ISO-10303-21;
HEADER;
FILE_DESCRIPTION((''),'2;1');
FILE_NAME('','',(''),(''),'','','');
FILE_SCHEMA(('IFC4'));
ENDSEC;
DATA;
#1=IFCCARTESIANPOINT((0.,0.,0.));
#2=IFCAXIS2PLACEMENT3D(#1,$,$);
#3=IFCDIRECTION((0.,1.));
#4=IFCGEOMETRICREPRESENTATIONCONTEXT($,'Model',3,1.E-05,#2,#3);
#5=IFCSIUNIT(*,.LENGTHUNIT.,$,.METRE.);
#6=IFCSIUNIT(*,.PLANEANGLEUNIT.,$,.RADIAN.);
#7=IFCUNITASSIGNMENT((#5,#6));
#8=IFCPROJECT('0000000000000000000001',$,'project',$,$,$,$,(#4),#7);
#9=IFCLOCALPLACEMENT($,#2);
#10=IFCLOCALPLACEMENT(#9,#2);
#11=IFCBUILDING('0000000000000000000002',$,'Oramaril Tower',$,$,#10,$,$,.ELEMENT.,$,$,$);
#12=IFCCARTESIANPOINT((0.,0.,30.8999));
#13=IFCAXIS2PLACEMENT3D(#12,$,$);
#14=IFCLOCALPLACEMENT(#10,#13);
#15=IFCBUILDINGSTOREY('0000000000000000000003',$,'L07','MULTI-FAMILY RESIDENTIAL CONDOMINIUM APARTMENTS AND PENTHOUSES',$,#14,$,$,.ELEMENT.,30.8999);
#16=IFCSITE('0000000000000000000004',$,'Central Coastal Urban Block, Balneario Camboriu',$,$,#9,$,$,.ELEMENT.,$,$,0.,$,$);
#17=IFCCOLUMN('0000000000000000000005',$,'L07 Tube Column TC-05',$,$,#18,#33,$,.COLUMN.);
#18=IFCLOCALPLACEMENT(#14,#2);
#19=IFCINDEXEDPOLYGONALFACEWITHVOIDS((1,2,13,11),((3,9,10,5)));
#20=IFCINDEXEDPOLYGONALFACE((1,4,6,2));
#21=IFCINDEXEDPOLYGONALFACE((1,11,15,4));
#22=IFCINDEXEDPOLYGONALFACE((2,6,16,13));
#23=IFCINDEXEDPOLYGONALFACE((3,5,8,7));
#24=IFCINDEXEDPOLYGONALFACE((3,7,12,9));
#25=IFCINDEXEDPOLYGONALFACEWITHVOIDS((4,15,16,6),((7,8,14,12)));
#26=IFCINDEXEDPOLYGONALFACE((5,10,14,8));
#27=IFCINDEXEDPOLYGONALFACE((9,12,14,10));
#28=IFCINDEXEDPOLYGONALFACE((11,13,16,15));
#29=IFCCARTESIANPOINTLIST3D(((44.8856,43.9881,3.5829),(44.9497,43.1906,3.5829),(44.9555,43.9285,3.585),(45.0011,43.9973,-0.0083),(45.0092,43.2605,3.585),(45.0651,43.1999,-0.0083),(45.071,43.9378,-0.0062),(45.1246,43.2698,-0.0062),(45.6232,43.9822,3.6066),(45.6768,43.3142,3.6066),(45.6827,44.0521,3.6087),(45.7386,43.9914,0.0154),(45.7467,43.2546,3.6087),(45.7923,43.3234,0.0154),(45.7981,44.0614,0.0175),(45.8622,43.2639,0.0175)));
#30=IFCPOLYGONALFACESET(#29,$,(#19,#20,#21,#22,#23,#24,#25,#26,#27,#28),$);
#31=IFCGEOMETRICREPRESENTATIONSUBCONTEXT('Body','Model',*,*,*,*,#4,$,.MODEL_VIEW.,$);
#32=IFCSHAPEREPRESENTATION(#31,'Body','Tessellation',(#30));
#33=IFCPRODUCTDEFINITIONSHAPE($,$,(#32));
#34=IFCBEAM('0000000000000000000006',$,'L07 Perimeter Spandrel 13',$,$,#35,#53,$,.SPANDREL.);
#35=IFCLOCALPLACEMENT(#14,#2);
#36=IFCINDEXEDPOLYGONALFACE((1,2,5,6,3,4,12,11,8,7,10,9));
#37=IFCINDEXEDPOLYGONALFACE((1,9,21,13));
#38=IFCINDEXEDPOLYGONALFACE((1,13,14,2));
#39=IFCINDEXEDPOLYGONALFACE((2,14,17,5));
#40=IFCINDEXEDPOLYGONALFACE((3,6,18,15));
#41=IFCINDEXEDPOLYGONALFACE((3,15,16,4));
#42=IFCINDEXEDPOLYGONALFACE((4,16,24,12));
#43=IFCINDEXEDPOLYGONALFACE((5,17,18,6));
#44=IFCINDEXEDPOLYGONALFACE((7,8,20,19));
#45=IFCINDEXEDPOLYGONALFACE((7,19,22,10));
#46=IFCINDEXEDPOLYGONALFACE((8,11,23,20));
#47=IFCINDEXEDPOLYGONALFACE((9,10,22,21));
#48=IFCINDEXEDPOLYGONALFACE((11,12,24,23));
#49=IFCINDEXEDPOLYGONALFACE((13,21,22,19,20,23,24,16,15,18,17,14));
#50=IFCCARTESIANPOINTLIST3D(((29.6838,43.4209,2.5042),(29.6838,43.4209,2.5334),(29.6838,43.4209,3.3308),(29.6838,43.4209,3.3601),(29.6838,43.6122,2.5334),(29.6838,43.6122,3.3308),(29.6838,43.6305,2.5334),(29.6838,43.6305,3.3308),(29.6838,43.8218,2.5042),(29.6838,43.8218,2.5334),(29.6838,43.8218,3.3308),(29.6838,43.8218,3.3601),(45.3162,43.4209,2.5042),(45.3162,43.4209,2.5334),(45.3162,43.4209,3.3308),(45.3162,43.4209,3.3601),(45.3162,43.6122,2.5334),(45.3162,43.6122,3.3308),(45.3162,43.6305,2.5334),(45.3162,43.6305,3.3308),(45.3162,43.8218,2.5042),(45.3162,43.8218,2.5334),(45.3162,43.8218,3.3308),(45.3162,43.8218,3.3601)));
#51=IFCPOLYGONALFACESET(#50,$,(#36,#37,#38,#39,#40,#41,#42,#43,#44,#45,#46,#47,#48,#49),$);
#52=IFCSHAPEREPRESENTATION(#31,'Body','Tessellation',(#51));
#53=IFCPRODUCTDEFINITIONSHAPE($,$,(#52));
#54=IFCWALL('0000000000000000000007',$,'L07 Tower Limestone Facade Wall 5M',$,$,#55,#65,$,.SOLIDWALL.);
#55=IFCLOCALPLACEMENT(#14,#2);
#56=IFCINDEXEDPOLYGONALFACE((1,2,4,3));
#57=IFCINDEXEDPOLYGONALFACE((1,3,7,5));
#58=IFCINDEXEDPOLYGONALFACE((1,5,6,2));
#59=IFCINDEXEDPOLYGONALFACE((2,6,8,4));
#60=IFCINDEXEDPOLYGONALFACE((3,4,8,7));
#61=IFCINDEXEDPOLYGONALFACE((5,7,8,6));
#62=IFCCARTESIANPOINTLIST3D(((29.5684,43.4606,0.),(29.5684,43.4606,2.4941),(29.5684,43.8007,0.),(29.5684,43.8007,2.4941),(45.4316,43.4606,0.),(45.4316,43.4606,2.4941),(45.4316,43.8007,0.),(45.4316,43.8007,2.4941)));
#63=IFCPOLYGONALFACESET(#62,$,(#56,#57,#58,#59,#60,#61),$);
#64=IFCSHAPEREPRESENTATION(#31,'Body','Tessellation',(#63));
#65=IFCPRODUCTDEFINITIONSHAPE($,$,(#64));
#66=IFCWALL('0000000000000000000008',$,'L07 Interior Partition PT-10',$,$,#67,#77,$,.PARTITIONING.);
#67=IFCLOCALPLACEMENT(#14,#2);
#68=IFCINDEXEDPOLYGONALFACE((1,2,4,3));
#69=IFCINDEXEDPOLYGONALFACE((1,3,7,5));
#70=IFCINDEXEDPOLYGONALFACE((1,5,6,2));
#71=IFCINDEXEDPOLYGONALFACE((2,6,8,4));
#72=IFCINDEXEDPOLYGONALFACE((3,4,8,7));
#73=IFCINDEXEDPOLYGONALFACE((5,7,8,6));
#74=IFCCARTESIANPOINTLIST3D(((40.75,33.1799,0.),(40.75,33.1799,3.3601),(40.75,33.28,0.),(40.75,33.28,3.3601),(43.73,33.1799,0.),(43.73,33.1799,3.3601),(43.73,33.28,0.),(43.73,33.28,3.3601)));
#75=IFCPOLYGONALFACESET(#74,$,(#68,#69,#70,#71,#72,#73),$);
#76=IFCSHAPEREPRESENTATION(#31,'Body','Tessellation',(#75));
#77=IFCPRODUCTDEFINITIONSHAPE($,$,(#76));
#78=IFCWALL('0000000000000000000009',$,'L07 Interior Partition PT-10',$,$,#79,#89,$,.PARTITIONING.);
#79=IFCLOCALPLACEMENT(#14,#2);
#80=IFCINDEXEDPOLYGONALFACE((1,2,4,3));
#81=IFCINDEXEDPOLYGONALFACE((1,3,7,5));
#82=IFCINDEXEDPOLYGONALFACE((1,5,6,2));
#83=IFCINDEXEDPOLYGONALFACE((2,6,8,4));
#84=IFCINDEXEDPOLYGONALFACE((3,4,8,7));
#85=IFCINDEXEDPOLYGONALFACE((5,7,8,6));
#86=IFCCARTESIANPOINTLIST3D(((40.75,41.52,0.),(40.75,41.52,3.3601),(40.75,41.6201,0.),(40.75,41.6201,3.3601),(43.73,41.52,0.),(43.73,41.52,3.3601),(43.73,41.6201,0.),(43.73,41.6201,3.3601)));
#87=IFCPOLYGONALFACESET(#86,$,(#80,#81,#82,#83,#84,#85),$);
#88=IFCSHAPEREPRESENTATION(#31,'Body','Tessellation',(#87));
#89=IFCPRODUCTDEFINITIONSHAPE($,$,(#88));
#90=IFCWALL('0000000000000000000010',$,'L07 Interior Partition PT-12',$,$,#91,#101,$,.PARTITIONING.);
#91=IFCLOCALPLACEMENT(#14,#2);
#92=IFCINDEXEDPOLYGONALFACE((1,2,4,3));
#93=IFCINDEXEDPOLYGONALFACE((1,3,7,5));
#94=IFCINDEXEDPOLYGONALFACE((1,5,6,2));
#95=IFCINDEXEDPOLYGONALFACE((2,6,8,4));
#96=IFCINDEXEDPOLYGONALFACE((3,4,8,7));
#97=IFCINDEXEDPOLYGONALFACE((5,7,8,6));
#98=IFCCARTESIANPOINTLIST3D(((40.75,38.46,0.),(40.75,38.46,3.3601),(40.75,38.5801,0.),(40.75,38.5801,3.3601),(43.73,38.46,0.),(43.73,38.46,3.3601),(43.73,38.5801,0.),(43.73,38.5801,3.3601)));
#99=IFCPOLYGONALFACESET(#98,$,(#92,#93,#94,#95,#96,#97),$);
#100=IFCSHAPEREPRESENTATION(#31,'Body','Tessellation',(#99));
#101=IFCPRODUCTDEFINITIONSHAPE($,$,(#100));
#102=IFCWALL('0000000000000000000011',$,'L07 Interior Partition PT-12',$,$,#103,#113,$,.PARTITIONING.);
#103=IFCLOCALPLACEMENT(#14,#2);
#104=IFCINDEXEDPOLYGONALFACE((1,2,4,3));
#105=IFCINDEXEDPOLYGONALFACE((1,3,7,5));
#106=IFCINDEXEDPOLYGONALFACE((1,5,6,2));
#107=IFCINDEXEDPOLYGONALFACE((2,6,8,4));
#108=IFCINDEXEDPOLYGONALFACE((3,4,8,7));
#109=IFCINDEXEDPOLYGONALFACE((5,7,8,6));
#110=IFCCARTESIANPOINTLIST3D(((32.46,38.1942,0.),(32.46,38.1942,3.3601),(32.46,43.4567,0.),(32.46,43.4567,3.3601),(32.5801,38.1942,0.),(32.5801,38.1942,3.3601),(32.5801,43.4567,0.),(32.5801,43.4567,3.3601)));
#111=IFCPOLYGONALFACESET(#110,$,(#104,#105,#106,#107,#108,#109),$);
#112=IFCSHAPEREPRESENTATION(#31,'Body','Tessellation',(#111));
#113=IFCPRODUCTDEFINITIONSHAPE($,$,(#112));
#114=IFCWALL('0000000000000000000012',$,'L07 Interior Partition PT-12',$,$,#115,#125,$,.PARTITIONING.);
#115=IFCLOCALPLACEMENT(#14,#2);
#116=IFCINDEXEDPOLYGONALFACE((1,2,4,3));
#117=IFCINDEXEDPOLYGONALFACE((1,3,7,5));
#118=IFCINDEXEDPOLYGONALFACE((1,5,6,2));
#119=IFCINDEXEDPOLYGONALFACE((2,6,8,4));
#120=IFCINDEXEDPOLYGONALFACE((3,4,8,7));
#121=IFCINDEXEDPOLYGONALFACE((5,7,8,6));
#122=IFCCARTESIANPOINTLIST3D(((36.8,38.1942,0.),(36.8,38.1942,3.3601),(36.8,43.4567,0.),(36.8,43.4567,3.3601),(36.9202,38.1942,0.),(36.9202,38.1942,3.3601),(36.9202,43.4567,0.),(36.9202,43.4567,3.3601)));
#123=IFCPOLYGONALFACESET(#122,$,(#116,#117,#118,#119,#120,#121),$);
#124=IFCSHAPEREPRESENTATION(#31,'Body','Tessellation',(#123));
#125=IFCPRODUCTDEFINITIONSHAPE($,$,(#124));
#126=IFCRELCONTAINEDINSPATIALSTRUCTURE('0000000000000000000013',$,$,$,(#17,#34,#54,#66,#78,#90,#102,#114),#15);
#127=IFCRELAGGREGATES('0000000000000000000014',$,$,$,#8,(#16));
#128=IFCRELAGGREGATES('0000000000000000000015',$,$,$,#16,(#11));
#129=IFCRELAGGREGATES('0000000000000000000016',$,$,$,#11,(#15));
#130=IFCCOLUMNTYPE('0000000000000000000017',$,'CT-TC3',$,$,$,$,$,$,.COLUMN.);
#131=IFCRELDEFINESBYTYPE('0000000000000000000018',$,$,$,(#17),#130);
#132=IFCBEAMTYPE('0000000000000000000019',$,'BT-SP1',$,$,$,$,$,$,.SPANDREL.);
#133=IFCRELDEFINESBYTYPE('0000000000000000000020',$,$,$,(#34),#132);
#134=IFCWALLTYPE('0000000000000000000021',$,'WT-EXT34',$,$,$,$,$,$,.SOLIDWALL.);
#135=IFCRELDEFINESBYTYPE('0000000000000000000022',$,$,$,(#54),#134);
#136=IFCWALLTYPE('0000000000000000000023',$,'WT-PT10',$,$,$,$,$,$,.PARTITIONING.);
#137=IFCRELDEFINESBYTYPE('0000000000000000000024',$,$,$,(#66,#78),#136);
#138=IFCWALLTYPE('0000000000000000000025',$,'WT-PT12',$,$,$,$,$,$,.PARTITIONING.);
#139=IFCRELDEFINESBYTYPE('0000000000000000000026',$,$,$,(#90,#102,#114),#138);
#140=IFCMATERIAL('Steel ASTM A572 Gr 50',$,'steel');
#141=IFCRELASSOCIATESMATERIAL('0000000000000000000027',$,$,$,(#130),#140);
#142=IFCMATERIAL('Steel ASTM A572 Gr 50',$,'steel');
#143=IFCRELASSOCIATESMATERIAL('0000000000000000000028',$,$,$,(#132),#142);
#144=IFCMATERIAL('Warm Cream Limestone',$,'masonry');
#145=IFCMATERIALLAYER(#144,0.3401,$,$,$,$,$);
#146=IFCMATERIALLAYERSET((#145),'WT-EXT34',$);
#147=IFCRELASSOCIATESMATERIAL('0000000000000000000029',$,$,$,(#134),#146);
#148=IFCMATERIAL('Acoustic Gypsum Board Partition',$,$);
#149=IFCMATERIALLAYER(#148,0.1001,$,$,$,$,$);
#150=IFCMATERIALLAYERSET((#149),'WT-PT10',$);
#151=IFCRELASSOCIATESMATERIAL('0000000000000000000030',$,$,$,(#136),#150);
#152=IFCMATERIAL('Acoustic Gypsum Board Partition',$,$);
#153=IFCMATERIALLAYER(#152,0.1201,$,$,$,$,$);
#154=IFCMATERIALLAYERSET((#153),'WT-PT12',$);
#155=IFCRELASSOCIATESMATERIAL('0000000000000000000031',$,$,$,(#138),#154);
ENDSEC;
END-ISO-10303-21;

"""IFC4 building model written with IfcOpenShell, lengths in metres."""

from ifc_helpers import new_model, si_unit, direction, frame, frame_2d, origin, origin_2d, place, context, subcontext, project, spatial, rectangle, hollow_rectangle, i_section, extrude, material, layer, layer_set, material_profile, profile_set, type_object, element, save


model = new_model("IFC4")

# Units and contexts
model_context = context("Model", 3, precision=1e-05, world=origin(), true_north=direction((0.0, 1.0)))
body_context = subcontext(model_context, "Body", "Model", "MODEL_VIEW")
ifc_project = project(units=[si_unit("LENGTHUNIT", "METRE"), si_unit("PLANEANGLEUNIT", "RADIAN")], contexts=[model_context])

# Site, building, storey
site_placement = place(None, origin())
site = spatial("IfcSite", under=ifc_project, at=site_placement, Name="Central Coastal Urban Block, Balneario Camboriu", CompositionType="ELEMENT", RefElevation=0.0)
building_placement = place(site_placement, origin())
building = spatial("IfcBuilding", under=site, at=building_placement, Name="Oramaril Tower", CompositionType="ELEMENT")
storey_placement = place(building_placement, frame((0.0, 0.0, 30.8999)))
storey = spatial("IfcBuildingStorey", under=building, at=storey_placement, Name="L07", Description="MULTI-FAMILY RESIDENTIAL CONDOMINIUM APARTMENTS AND PENTHOUSES", CompositionType="ELEMENT", Elevation=30.8999)

# Column
ifc_material_1 = material(Name="Steel ASTM A572 Gr 50", Category="steel")
ifc_material_profile_1 = material_profile(ifc_material_1, hollow_rectangle(XDim=0.8, YDim=0.8, WallThickness=0.0649, at=origin_2d()), Name="BOX800X800X65")
ifc_profile_set_1 = profile_set([ifc_material_profile_1], Name="Steel ASTM A572 Gr 50")
column_type = type_object("IfcColumnType", Name="CT-TC3", PredefinedType="COLUMN", material=ifc_profile_set_1)
column_placement = place(storey_placement, frame((45.4316, 43.6306, 0.0046), z_axis=(-0.03214, -0.002582, 0.99948), x_axis=(0.08008, -0.996788, 0.0)))
element("IfcColumn", 1, at=column_placement, inside=storey, type_object=column_type, Name="L07 Tube Column TC-05", PredefinedType="COLUMN", context=body_context, shape_type="SweptSolid", body=[
    extrude(hollow_rectangle(XDim=0.8, YDim=0.8, WallThickness=0.0649, at=origin_2d()), origin(), (0.0, 0.0, 1.0), 3.593),
])

# Beam
ifc_material_2 = material(Name="Steel ASTM A572 Gr 50", Category="steel")
ifc_material_profile_2 = material_profile(ifc_material_2, i_section(OverallWidth=0.4009, OverallDepth=0.856, WebThickness=0.0183, FlangeThickness=0.0293, at=origin_2d()), Name="W33X201")
ifc_profile_set_2 = profile_set([ifc_material_profile_2], Name="Steel ASTM A572 Gr 50")
beam_type = type_object("IfcBeamType", Name="BT-SP1", PredefinedType="SPANDREL", material=ifc_profile_set_2)
beam_placement = place(storey_placement, frame((45.3162, 43.6213, 2.9321), z_axis=(-1.0, 0.0, 0.0), x_axis=(0.0, -1.0, 0.0)))
element("IfcBeam", 2, at=beam_placement, inside=storey, type_object=beam_type, Name="L07 Perimeter Spandrel 13", PredefinedType="SPANDREL", context=body_context, shape_type="SweptSolid", body=[
    extrude(i_section(OverallWidth=0.4009, OverallDepth=0.856, WebThickness=0.0183, FlangeThickness=0.0293, at=origin_2d()), origin(), (0.0, 0.0, 1.0), 15.6323),
])

# Walls
ifc_material_3 = material(Name="Warm Cream Limestone", Category="masonry")
ifc_layer_1 = layer(ifc_material_3, 0.3401)
ifc_layer_set_1 = layer_set([ifc_layer_1], Name="WT-EXT34")
wall_type_1 = type_object("IfcWallType", Name="WT-EXT34", PredefinedType="SOLIDWALL", material=ifc_layer_set_1)
wall_1_placement = place(storey_placement, frame((45.4316, 43.6306, 0.0), z_axis=(0.0, 0.0, 1.0), x_axis=(-1.0, 0.0, 0.0)))
element("IfcWall", 3, at=wall_1_placement, inside=storey, type_object=wall_type_1, Name="L07 Tower Limestone Facade Wall 5M", PredefinedType="SOLIDWALL", context=body_context, shape_type="SweptSolid", body=[
    extrude(rectangle(XDim=15.8633, YDim=0.3401, at=frame_2d((7.9316, 0.0))), origin(), (0.0, 0.0, 1.0), 2.4941),
])
ifc_material_4 = material(Name="Acoustic Gypsum Board Partition")
ifc_layer_2 = layer(ifc_material_4, 0.1001)
ifc_layer_set_2 = layer_set([ifc_layer_2], Name="WT-PT10")
wall_type_2 = type_object("IfcWallType", Name="WT-PT10", PredefinedType="PARTITIONING", material=ifc_layer_set_2)
for number, where, z_axis, x_axis, name in (
    (4, (40.75, 33.23, 0.0), (0.0, 0.0, 1.0), (1.0, 0.0, 0.0), "L07 Interior Partition PT-10"),
    (5, (40.75, 41.5701, 0.0), (0.0, 0.0, 1.0), (1.0, 0.0, 0.0), "L07 Interior Partition PT-10"),
):
    element("IfcWall", number, at=place(storey_placement, frame(where, z_axis=z_axis, x_axis=x_axis)), inside=storey, type_object=wall_type_2, Name=name, PredefinedType="PARTITIONING", context=body_context, shape_type="SweptSolid", body=[
        extrude(rectangle(XDim=2.98, YDim=0.1001, at=frame_2d((1.49, 0.0))), origin(), (0.0, 0.0, 1.0), 3.3601),
    ])
ifc_material_5 = material(Name="Acoustic Gypsum Board Partition")
ifc_layer_3 = layer(ifc_material_5, 0.1201)
ifc_layer_set_3 = layer_set([ifc_layer_3], Name="WT-PT12")
wall_type_3 = type_object("IfcWallType", Name="WT-PT12", PredefinedType="PARTITIONING", material=ifc_layer_set_3)
wall_2_placement = place(storey_placement, frame((40.75, 38.52, 0.0), z_axis=(0.0, 0.0, 1.0), x_axis=(1.0, 0.0, 0.0)))
element("IfcWall", 6, at=wall_2_placement, inside=storey, type_object=wall_type_3, Name="L07 Interior Partition PT-12", PredefinedType="PARTITIONING", context=body_context, shape_type="SweptSolid", body=[
    extrude(rectangle(XDim=2.98, YDim=0.1201, at=frame_2d((1.49, 0.0))), origin(), (0.0, 0.0, 1.0), 3.3601),
])
for number, where, z_axis, x_axis, name in (
    (7, (32.52, 38.1941, 0.0), (0.0, 0.0, 1.0), (0.0, 1.0, 0.0), "L07 Interior Partition PT-12"),
    (8, (36.8601, 38.1941, 0.0), (0.0, 0.0, 1.0), (0.0, 1.0, 0.0), "L07 Interior Partition PT-12"),
):
    element("IfcWall", number, at=place(storey_placement, frame(where, z_axis=z_axis, x_axis=x_axis)), inside=storey, type_object=wall_type_3, Name=name, PredefinedType="PARTITIONING", context=body_context, shape_type="SweptSolid", body=[
        extrude(rectangle(XDim=5.2625, YDim=0.1201, at=frame_2d((2.6313, 0.0))), origin(), (0.0, 0.0, 1.0), 3.3601),
    ])

save(model, "model.ifc")
